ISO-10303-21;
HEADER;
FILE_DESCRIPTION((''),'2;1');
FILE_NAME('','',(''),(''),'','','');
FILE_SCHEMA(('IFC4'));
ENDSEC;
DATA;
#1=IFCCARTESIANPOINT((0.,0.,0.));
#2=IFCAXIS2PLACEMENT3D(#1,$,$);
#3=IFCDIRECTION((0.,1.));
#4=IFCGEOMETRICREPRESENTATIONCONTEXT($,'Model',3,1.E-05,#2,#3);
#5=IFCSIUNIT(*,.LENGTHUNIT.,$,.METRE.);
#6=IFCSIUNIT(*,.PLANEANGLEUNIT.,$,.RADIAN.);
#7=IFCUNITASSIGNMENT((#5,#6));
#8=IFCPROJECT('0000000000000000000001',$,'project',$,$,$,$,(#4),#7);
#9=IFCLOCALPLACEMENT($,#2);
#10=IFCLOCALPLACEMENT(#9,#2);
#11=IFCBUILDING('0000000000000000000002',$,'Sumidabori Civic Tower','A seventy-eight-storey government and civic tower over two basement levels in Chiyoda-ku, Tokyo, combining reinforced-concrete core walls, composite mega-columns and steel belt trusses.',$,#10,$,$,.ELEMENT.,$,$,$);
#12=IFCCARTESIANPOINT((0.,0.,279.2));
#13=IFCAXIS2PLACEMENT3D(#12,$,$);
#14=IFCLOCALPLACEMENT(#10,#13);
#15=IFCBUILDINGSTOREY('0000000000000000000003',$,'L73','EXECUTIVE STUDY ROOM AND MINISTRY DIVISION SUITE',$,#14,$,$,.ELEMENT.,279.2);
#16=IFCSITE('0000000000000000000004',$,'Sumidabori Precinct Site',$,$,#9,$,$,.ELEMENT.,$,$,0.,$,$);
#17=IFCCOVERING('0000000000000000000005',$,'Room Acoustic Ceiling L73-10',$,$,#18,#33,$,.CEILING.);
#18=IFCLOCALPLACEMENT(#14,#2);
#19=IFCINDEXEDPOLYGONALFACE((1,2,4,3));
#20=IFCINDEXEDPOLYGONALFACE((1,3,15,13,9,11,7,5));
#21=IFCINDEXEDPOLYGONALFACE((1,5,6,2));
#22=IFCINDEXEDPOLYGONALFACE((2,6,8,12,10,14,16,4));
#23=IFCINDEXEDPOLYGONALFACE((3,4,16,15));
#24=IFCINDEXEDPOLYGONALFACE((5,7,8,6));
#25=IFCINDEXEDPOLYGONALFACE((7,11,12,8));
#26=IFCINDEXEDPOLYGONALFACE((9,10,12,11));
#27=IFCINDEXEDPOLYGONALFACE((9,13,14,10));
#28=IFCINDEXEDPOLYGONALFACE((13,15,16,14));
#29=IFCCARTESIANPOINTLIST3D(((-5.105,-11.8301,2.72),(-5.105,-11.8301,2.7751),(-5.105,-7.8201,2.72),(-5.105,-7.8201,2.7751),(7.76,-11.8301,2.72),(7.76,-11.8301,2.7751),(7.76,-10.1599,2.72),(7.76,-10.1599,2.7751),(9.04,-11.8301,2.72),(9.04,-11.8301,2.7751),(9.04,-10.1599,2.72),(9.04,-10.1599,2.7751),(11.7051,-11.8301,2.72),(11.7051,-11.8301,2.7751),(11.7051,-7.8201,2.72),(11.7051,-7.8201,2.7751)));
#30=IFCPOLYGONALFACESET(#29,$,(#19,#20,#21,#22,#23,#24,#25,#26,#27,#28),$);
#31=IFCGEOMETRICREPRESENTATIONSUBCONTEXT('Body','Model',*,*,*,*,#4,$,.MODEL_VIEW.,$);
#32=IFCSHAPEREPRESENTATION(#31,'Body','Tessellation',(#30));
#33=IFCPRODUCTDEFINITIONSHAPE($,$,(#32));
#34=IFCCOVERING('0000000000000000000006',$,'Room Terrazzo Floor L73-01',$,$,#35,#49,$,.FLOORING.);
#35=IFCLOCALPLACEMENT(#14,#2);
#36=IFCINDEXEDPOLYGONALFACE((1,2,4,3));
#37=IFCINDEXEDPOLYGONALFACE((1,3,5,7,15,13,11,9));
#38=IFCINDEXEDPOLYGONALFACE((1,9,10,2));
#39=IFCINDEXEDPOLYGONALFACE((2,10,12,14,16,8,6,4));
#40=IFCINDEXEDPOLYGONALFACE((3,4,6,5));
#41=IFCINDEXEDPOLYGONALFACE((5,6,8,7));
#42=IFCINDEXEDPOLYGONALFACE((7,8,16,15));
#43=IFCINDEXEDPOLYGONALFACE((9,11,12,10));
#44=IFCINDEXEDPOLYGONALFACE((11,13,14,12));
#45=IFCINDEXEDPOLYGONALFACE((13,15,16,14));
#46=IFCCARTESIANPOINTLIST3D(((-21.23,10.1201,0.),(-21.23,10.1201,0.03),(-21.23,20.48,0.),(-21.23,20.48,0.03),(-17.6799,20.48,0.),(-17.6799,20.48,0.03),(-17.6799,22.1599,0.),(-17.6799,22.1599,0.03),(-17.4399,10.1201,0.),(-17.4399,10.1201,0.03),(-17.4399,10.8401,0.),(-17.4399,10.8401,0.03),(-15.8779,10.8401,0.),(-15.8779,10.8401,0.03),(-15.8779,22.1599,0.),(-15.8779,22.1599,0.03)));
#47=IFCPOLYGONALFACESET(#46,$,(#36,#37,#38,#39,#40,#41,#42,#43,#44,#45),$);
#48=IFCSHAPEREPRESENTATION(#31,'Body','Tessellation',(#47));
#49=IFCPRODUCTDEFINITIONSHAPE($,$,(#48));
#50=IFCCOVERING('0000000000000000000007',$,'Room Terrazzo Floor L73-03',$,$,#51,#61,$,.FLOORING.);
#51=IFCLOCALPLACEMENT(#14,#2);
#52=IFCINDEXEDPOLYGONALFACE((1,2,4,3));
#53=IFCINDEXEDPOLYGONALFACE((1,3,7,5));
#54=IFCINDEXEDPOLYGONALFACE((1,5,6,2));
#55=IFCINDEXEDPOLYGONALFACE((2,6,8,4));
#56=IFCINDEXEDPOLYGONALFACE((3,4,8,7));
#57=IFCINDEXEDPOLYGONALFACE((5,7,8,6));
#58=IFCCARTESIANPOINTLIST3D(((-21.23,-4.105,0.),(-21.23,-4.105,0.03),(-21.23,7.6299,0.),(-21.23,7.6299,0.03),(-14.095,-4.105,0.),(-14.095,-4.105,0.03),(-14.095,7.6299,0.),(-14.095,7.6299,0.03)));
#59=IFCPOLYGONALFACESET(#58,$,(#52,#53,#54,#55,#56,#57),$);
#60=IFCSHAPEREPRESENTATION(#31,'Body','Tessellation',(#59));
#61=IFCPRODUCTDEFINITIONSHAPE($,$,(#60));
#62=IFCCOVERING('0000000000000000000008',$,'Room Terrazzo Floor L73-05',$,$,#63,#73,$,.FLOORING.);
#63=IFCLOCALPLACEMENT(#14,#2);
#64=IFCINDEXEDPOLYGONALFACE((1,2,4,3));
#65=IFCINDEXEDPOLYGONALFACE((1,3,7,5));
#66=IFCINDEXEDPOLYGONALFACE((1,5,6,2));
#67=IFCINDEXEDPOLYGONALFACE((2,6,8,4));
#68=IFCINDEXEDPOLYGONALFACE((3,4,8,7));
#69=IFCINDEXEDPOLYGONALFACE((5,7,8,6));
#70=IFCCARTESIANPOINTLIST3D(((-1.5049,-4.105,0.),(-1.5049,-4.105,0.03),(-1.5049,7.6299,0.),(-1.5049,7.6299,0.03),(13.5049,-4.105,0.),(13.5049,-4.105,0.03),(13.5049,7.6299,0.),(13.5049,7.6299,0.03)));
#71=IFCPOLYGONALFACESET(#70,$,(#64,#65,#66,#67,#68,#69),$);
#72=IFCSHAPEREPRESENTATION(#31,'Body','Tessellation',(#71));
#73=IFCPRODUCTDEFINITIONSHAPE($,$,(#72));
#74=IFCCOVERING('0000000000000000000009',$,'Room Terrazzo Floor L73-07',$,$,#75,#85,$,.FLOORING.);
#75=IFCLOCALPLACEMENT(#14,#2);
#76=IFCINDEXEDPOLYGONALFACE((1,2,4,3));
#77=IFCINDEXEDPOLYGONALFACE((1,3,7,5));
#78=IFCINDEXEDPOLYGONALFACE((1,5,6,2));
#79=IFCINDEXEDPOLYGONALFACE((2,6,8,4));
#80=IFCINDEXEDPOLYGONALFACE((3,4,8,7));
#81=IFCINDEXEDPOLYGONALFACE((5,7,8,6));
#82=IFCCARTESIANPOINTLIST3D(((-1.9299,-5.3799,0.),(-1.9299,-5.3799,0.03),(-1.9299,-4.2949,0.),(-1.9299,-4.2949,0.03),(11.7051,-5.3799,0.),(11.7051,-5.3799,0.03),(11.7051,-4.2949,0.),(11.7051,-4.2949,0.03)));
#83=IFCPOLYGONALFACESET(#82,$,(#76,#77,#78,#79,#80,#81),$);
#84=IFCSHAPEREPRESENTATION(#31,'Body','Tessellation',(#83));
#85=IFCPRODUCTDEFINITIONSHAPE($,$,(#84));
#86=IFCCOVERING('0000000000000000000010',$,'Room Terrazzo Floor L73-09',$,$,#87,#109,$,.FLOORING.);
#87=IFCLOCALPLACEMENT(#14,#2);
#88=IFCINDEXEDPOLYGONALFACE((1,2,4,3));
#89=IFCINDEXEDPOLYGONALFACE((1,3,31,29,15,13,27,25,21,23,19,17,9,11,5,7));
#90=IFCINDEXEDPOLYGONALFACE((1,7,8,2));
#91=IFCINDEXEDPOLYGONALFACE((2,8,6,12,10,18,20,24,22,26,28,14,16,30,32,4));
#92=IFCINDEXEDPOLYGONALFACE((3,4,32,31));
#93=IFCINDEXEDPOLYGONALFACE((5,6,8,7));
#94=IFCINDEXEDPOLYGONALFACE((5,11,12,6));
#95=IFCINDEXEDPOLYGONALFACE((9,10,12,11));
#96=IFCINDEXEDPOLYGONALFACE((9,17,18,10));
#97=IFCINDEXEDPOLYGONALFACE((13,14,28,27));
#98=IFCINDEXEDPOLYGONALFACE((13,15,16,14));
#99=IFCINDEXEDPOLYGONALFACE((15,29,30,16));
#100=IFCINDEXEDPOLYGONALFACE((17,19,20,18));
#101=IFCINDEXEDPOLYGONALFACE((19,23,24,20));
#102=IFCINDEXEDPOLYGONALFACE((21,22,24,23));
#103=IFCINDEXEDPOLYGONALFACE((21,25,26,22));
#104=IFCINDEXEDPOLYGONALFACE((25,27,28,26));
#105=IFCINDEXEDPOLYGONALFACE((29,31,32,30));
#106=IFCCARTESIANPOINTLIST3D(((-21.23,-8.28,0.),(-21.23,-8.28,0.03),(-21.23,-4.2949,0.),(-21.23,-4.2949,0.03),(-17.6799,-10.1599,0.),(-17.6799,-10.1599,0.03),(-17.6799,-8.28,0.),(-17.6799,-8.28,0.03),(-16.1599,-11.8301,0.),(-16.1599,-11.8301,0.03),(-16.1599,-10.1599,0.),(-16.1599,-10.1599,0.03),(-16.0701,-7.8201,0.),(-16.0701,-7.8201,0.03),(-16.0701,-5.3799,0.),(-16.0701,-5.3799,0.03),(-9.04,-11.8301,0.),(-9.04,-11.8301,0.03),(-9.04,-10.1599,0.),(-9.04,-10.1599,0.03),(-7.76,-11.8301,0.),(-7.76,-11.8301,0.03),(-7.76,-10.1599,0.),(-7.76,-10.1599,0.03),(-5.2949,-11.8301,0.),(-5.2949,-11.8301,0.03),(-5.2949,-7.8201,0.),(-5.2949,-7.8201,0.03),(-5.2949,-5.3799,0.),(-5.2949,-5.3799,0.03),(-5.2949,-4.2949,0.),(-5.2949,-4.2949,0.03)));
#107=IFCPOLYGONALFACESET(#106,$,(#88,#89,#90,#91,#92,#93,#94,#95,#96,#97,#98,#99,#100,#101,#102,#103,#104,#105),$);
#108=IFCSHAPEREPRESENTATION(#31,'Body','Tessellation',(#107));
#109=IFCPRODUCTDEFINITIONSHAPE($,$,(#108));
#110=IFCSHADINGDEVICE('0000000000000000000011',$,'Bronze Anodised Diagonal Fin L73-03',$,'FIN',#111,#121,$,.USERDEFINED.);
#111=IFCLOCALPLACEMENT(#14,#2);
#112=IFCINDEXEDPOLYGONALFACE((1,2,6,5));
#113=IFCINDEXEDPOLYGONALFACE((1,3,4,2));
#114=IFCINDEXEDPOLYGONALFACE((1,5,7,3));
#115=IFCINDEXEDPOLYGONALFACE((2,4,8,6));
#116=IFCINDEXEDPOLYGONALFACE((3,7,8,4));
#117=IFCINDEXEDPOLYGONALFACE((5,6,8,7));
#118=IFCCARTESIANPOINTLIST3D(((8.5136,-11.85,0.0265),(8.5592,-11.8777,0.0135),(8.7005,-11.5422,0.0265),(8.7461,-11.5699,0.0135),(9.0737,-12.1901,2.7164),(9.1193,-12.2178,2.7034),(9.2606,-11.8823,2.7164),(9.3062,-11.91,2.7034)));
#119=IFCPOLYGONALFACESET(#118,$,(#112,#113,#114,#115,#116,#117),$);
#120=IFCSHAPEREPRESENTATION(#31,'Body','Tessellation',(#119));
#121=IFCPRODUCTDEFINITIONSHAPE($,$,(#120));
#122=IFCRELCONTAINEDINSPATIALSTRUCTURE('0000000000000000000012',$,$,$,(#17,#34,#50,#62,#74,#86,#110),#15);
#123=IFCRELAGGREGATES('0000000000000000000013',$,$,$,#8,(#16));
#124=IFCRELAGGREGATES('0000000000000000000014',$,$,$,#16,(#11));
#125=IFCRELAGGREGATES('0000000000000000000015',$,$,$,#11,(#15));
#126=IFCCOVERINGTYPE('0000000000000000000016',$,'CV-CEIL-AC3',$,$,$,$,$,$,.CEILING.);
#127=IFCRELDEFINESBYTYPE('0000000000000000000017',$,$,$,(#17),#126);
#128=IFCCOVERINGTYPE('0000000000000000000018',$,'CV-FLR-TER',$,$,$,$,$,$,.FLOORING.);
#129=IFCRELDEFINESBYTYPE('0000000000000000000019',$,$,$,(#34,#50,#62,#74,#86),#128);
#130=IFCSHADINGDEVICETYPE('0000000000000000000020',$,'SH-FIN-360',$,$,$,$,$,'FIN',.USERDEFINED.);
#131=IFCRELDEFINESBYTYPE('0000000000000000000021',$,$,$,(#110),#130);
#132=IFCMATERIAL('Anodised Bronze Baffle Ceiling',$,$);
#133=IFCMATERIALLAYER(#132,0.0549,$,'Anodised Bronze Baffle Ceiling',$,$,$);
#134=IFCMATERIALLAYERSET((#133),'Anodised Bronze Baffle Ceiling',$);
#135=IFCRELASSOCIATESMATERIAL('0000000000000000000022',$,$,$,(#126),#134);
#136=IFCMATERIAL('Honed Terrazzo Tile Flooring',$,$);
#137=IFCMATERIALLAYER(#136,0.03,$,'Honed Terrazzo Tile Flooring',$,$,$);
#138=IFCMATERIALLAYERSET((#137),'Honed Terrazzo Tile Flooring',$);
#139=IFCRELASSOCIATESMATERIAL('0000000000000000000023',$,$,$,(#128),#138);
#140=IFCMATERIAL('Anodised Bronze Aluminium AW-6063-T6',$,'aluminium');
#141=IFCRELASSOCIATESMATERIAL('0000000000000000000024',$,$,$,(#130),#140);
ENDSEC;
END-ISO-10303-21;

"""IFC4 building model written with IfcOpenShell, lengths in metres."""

from ifc_helpers import new_model, si_unit, direction, frame, origin, origin_2d, place, context, subcontext, project, spatial, polyline, rectangle, outline, extrude, source, transform, mapped, material, layer, layer_set, material_profile, profile_set, type_object, element, save


model = new_model("IFC4")

# Units and contexts
model_context = context("Model", 3, precision=1e-05, world=origin(), true_north=direction((0.0, 1.0)))
body_context = subcontext(model_context, "Body", "Model", "MODEL_VIEW")
ifc_project = project(units=[si_unit("LENGTHUNIT", "METRE"), si_unit("PLANEANGLEUNIT", "RADIAN")], contexts=[model_context])

# Site, building, storey
site_placement = place(None, origin())
site = spatial("IfcSite", under=ifc_project, at=site_placement, Name="Sumidabori Precinct Site", CompositionType="ELEMENT", RefElevation=0.0)
building_placement = place(site_placement, origin())
building = spatial("IfcBuilding", under=site, at=building_placement, Name="Sumidabori Civic Tower", Description="A seventy-eight-storey government and civic tower over two basement levels in Chiyoda-ku, Tokyo, combining reinforced-concrete core walls, composite mega-columns and steel belt trusses.", CompositionType="ELEMENT")
storey_placement = place(building_placement, frame((0.0, 0.0, 279.2)))
storey = spatial("IfcBuildingStorey", under=building, at=storey_placement, Name="L73", Description="EXECUTIVE STUDY ROOM AND MINISTRY DIVISION SUITE", CompositionType="ELEMENT", Elevation=279.2)

# Shared definitions
ifc_material_1 = material(Name="Anodised Bronze Aluminium AW-6063-T6", Category="aluminium")

# Coverings
ifc_material_2 = material(Name="Anodised Bronze Baffle Ceiling")
ifc_layer_1 = layer(ifc_material_2, 0.0549, Name="Anodised Bronze Baffle Ceiling")
ifc_layer_set_1 = layer_set([ifc_layer_1], Name="Anodised Bronze Baffle Ceiling")
covering_type_1 = type_object("IfcCoveringType", Name="CV-CEIL-AC3", PredefinedType="CEILING", material=ifc_layer_set_1)
covering_1_placement = place(storey_placement, frame((0.0, 0.0, 2.72)))
element("IfcCovering", 1, at=covering_1_placement, inside=storey, type_object=covering_type_1, Name="Room Acoustic Ceiling L73-10", PredefinedType="CEILING", context=body_context, shape_type="SweptSolid", body=[
    extrude(outline(polyline([(11.7051, -7.8201), (11.7051, -11.8301), (9.04, -11.8301), (9.04, -10.1599), (7.76, -10.1599), (7.76, -11.8301), (-5.105, -11.8301), (-5.105, -7.8201), (11.7051, -7.8201)])), origin(), (0.0, 0.0, 1.0), 0.0552),
])
ifc_material_3 = material(Name="Honed Terrazzo Tile Flooring")
ifc_layer_2 = layer(ifc_material_3, 0.03, Name="Honed Terrazzo Tile Flooring")
ifc_layer_set_2 = layer_set([ifc_layer_2], Name="Honed Terrazzo Tile Flooring")
covering_type_2 = type_object("IfcCoveringType", Name="CV-FLR-TER", PredefinedType="FLOORING", material=ifc_layer_set_2)
covering_2_placement = place(storey_placement, origin())
element("IfcCovering", 2, at=covering_2_placement, inside=storey, type_object=covering_type_2, Name="Room Terrazzo Floor L73-01", PredefinedType="FLOORING", context=body_context, shape_type="SweptSolid", body=[
    extrude(outline(polyline([(-15.8779, 22.1599), (-15.8779, 10.8401), (-17.4399, 10.8401), (-17.4399, 10.1201), (-21.23, 10.1201), (-21.23, 20.48), (-17.6799, 20.48), (-17.6799, 22.1599), (-15.8779, 22.1599)])), origin(), (0.0, 0.0, 1.0), 0.03),
])
covering_3_placement = place(storey_placement, origin())
element("IfcCovering", 3, at=covering_3_placement, inside=storey, type_object=covering_type_2, Name="Room Terrazzo Floor L73-03", PredefinedType="FLOORING", context=body_context, shape_type="SweptSolid", body=[
    extrude(outline(polyline([(-21.23, -4.105), (-21.23, 7.6299), (-14.095, 7.6299), (-14.095, -4.105), (-21.23, -4.105)])), origin(), (0.0, 0.0, 1.0), 0.03),
])
covering_4_placement = place(storey_placement, origin())
element("IfcCovering", 4, at=covering_4_placement, inside=storey, type_object=covering_type_2, Name="Room Terrazzo Floor L73-05", PredefinedType="FLOORING", context=body_context, shape_type="SweptSolid", body=[
    extrude(outline(polyline([(13.5049, 7.6299), (13.5049, -4.105), (-1.5049, -4.105), (-1.5049, 7.6299), (13.5049, 7.6299)])), origin(), (0.0, 0.0, 1.0), 0.03),
])
covering_5_placement = place(storey_placement, origin())
element("IfcCovering", 5, at=covering_5_placement, inside=storey, type_object=covering_type_2, Name="Room Terrazzo Floor L73-07", PredefinedType="FLOORING", context=body_context, shape_type="SweptSolid", body=[
    extrude(outline(polyline([(-1.9299, -5.3799), (-1.9299, -4.2949), (11.7051, -4.2949), (11.7051, -5.3799), (-1.9299, -5.3799)])), origin(), (0.0, 0.0, 1.0), 0.03),
])
covering_6_placement = place(storey_placement, origin())
element("IfcCovering", 6, at=covering_6_placement, inside=storey, type_object=covering_type_2, Name="Room Terrazzo Floor L73-09", PredefinedType="FLOORING", context=body_context, shape_type="SweptSolid", body=[
    extrude(outline(polyline([(-17.6799, -8.28), (-21.23, -8.28), (-21.23, -4.2949), (-5.2949, -4.2949), (-5.2949, -5.3799), (-16.0701, -5.3799), (-16.0701, -7.8201), (-5.2949, -7.8201), (-5.2949, -11.8301), (-7.76, -11.8301), (-7.76, -10.1599), (-9.04, -10.1599), (-9.04, -11.8301), (-16.1599, -11.8301), (-16.1599, -10.1599), (-17.6799, -10.1599), (-17.6799, -8.28)])), origin(), (0.0, 0.0, 1.0), 0.03),
])

# Shading device
ifc_material_profile_1 = material_profile(ifc_material_1, rectangle(XDim=0.0549, YDim=0.3601, at=origin_2d()), Name="BRONZE FIN 360x55")
ifc_profile_set_1 = profile_set([ifc_material_profile_1], Name="Anodised Bronze Aluminium AW-6063-T6")
shading_device_type = type_object("IfcShadingDeviceType", Name="SH-FIN-360", ElementType="FIN", PredefinedType="USERDEFINED", material=ifc_profile_set_1)
shared_shape_1 = source(origin(), body_context, "Body", "SweptSolid", [
    extrude(rectangle(XDim=0.0549, YDim=0.3601, at=origin_2d()), origin(), (0.0, 0.0, 1.0), 2.7686),
])
shading_device_placement = place(storey_placement, frame((8.6299, -11.71, 0.02), z_axis=(0.20229, -0.122838, 0.971591), x_axis=(0.83047, -0.504291, -0.236665)))
element("IfcShadingDevice", 7, at=shading_device_placement, inside=storey, type_object=shading_device_type, Name="Bronze Anodised Diagonal Fin L73-03", ObjectType="FIN", PredefinedType="USERDEFINED", context=body_context, shape_type="MappedRepresentation", body=[
    mapped(shared_shape_1, transform((0.0, 0.0, 0.0), x_axis=(1.0, 0.0, 0.0), y_axis=(0.0, 1.0, 0.0), z_axis=(0.0, 0.0, 1.0), scale=1.0)),
])

save(model, "model.ifc")
